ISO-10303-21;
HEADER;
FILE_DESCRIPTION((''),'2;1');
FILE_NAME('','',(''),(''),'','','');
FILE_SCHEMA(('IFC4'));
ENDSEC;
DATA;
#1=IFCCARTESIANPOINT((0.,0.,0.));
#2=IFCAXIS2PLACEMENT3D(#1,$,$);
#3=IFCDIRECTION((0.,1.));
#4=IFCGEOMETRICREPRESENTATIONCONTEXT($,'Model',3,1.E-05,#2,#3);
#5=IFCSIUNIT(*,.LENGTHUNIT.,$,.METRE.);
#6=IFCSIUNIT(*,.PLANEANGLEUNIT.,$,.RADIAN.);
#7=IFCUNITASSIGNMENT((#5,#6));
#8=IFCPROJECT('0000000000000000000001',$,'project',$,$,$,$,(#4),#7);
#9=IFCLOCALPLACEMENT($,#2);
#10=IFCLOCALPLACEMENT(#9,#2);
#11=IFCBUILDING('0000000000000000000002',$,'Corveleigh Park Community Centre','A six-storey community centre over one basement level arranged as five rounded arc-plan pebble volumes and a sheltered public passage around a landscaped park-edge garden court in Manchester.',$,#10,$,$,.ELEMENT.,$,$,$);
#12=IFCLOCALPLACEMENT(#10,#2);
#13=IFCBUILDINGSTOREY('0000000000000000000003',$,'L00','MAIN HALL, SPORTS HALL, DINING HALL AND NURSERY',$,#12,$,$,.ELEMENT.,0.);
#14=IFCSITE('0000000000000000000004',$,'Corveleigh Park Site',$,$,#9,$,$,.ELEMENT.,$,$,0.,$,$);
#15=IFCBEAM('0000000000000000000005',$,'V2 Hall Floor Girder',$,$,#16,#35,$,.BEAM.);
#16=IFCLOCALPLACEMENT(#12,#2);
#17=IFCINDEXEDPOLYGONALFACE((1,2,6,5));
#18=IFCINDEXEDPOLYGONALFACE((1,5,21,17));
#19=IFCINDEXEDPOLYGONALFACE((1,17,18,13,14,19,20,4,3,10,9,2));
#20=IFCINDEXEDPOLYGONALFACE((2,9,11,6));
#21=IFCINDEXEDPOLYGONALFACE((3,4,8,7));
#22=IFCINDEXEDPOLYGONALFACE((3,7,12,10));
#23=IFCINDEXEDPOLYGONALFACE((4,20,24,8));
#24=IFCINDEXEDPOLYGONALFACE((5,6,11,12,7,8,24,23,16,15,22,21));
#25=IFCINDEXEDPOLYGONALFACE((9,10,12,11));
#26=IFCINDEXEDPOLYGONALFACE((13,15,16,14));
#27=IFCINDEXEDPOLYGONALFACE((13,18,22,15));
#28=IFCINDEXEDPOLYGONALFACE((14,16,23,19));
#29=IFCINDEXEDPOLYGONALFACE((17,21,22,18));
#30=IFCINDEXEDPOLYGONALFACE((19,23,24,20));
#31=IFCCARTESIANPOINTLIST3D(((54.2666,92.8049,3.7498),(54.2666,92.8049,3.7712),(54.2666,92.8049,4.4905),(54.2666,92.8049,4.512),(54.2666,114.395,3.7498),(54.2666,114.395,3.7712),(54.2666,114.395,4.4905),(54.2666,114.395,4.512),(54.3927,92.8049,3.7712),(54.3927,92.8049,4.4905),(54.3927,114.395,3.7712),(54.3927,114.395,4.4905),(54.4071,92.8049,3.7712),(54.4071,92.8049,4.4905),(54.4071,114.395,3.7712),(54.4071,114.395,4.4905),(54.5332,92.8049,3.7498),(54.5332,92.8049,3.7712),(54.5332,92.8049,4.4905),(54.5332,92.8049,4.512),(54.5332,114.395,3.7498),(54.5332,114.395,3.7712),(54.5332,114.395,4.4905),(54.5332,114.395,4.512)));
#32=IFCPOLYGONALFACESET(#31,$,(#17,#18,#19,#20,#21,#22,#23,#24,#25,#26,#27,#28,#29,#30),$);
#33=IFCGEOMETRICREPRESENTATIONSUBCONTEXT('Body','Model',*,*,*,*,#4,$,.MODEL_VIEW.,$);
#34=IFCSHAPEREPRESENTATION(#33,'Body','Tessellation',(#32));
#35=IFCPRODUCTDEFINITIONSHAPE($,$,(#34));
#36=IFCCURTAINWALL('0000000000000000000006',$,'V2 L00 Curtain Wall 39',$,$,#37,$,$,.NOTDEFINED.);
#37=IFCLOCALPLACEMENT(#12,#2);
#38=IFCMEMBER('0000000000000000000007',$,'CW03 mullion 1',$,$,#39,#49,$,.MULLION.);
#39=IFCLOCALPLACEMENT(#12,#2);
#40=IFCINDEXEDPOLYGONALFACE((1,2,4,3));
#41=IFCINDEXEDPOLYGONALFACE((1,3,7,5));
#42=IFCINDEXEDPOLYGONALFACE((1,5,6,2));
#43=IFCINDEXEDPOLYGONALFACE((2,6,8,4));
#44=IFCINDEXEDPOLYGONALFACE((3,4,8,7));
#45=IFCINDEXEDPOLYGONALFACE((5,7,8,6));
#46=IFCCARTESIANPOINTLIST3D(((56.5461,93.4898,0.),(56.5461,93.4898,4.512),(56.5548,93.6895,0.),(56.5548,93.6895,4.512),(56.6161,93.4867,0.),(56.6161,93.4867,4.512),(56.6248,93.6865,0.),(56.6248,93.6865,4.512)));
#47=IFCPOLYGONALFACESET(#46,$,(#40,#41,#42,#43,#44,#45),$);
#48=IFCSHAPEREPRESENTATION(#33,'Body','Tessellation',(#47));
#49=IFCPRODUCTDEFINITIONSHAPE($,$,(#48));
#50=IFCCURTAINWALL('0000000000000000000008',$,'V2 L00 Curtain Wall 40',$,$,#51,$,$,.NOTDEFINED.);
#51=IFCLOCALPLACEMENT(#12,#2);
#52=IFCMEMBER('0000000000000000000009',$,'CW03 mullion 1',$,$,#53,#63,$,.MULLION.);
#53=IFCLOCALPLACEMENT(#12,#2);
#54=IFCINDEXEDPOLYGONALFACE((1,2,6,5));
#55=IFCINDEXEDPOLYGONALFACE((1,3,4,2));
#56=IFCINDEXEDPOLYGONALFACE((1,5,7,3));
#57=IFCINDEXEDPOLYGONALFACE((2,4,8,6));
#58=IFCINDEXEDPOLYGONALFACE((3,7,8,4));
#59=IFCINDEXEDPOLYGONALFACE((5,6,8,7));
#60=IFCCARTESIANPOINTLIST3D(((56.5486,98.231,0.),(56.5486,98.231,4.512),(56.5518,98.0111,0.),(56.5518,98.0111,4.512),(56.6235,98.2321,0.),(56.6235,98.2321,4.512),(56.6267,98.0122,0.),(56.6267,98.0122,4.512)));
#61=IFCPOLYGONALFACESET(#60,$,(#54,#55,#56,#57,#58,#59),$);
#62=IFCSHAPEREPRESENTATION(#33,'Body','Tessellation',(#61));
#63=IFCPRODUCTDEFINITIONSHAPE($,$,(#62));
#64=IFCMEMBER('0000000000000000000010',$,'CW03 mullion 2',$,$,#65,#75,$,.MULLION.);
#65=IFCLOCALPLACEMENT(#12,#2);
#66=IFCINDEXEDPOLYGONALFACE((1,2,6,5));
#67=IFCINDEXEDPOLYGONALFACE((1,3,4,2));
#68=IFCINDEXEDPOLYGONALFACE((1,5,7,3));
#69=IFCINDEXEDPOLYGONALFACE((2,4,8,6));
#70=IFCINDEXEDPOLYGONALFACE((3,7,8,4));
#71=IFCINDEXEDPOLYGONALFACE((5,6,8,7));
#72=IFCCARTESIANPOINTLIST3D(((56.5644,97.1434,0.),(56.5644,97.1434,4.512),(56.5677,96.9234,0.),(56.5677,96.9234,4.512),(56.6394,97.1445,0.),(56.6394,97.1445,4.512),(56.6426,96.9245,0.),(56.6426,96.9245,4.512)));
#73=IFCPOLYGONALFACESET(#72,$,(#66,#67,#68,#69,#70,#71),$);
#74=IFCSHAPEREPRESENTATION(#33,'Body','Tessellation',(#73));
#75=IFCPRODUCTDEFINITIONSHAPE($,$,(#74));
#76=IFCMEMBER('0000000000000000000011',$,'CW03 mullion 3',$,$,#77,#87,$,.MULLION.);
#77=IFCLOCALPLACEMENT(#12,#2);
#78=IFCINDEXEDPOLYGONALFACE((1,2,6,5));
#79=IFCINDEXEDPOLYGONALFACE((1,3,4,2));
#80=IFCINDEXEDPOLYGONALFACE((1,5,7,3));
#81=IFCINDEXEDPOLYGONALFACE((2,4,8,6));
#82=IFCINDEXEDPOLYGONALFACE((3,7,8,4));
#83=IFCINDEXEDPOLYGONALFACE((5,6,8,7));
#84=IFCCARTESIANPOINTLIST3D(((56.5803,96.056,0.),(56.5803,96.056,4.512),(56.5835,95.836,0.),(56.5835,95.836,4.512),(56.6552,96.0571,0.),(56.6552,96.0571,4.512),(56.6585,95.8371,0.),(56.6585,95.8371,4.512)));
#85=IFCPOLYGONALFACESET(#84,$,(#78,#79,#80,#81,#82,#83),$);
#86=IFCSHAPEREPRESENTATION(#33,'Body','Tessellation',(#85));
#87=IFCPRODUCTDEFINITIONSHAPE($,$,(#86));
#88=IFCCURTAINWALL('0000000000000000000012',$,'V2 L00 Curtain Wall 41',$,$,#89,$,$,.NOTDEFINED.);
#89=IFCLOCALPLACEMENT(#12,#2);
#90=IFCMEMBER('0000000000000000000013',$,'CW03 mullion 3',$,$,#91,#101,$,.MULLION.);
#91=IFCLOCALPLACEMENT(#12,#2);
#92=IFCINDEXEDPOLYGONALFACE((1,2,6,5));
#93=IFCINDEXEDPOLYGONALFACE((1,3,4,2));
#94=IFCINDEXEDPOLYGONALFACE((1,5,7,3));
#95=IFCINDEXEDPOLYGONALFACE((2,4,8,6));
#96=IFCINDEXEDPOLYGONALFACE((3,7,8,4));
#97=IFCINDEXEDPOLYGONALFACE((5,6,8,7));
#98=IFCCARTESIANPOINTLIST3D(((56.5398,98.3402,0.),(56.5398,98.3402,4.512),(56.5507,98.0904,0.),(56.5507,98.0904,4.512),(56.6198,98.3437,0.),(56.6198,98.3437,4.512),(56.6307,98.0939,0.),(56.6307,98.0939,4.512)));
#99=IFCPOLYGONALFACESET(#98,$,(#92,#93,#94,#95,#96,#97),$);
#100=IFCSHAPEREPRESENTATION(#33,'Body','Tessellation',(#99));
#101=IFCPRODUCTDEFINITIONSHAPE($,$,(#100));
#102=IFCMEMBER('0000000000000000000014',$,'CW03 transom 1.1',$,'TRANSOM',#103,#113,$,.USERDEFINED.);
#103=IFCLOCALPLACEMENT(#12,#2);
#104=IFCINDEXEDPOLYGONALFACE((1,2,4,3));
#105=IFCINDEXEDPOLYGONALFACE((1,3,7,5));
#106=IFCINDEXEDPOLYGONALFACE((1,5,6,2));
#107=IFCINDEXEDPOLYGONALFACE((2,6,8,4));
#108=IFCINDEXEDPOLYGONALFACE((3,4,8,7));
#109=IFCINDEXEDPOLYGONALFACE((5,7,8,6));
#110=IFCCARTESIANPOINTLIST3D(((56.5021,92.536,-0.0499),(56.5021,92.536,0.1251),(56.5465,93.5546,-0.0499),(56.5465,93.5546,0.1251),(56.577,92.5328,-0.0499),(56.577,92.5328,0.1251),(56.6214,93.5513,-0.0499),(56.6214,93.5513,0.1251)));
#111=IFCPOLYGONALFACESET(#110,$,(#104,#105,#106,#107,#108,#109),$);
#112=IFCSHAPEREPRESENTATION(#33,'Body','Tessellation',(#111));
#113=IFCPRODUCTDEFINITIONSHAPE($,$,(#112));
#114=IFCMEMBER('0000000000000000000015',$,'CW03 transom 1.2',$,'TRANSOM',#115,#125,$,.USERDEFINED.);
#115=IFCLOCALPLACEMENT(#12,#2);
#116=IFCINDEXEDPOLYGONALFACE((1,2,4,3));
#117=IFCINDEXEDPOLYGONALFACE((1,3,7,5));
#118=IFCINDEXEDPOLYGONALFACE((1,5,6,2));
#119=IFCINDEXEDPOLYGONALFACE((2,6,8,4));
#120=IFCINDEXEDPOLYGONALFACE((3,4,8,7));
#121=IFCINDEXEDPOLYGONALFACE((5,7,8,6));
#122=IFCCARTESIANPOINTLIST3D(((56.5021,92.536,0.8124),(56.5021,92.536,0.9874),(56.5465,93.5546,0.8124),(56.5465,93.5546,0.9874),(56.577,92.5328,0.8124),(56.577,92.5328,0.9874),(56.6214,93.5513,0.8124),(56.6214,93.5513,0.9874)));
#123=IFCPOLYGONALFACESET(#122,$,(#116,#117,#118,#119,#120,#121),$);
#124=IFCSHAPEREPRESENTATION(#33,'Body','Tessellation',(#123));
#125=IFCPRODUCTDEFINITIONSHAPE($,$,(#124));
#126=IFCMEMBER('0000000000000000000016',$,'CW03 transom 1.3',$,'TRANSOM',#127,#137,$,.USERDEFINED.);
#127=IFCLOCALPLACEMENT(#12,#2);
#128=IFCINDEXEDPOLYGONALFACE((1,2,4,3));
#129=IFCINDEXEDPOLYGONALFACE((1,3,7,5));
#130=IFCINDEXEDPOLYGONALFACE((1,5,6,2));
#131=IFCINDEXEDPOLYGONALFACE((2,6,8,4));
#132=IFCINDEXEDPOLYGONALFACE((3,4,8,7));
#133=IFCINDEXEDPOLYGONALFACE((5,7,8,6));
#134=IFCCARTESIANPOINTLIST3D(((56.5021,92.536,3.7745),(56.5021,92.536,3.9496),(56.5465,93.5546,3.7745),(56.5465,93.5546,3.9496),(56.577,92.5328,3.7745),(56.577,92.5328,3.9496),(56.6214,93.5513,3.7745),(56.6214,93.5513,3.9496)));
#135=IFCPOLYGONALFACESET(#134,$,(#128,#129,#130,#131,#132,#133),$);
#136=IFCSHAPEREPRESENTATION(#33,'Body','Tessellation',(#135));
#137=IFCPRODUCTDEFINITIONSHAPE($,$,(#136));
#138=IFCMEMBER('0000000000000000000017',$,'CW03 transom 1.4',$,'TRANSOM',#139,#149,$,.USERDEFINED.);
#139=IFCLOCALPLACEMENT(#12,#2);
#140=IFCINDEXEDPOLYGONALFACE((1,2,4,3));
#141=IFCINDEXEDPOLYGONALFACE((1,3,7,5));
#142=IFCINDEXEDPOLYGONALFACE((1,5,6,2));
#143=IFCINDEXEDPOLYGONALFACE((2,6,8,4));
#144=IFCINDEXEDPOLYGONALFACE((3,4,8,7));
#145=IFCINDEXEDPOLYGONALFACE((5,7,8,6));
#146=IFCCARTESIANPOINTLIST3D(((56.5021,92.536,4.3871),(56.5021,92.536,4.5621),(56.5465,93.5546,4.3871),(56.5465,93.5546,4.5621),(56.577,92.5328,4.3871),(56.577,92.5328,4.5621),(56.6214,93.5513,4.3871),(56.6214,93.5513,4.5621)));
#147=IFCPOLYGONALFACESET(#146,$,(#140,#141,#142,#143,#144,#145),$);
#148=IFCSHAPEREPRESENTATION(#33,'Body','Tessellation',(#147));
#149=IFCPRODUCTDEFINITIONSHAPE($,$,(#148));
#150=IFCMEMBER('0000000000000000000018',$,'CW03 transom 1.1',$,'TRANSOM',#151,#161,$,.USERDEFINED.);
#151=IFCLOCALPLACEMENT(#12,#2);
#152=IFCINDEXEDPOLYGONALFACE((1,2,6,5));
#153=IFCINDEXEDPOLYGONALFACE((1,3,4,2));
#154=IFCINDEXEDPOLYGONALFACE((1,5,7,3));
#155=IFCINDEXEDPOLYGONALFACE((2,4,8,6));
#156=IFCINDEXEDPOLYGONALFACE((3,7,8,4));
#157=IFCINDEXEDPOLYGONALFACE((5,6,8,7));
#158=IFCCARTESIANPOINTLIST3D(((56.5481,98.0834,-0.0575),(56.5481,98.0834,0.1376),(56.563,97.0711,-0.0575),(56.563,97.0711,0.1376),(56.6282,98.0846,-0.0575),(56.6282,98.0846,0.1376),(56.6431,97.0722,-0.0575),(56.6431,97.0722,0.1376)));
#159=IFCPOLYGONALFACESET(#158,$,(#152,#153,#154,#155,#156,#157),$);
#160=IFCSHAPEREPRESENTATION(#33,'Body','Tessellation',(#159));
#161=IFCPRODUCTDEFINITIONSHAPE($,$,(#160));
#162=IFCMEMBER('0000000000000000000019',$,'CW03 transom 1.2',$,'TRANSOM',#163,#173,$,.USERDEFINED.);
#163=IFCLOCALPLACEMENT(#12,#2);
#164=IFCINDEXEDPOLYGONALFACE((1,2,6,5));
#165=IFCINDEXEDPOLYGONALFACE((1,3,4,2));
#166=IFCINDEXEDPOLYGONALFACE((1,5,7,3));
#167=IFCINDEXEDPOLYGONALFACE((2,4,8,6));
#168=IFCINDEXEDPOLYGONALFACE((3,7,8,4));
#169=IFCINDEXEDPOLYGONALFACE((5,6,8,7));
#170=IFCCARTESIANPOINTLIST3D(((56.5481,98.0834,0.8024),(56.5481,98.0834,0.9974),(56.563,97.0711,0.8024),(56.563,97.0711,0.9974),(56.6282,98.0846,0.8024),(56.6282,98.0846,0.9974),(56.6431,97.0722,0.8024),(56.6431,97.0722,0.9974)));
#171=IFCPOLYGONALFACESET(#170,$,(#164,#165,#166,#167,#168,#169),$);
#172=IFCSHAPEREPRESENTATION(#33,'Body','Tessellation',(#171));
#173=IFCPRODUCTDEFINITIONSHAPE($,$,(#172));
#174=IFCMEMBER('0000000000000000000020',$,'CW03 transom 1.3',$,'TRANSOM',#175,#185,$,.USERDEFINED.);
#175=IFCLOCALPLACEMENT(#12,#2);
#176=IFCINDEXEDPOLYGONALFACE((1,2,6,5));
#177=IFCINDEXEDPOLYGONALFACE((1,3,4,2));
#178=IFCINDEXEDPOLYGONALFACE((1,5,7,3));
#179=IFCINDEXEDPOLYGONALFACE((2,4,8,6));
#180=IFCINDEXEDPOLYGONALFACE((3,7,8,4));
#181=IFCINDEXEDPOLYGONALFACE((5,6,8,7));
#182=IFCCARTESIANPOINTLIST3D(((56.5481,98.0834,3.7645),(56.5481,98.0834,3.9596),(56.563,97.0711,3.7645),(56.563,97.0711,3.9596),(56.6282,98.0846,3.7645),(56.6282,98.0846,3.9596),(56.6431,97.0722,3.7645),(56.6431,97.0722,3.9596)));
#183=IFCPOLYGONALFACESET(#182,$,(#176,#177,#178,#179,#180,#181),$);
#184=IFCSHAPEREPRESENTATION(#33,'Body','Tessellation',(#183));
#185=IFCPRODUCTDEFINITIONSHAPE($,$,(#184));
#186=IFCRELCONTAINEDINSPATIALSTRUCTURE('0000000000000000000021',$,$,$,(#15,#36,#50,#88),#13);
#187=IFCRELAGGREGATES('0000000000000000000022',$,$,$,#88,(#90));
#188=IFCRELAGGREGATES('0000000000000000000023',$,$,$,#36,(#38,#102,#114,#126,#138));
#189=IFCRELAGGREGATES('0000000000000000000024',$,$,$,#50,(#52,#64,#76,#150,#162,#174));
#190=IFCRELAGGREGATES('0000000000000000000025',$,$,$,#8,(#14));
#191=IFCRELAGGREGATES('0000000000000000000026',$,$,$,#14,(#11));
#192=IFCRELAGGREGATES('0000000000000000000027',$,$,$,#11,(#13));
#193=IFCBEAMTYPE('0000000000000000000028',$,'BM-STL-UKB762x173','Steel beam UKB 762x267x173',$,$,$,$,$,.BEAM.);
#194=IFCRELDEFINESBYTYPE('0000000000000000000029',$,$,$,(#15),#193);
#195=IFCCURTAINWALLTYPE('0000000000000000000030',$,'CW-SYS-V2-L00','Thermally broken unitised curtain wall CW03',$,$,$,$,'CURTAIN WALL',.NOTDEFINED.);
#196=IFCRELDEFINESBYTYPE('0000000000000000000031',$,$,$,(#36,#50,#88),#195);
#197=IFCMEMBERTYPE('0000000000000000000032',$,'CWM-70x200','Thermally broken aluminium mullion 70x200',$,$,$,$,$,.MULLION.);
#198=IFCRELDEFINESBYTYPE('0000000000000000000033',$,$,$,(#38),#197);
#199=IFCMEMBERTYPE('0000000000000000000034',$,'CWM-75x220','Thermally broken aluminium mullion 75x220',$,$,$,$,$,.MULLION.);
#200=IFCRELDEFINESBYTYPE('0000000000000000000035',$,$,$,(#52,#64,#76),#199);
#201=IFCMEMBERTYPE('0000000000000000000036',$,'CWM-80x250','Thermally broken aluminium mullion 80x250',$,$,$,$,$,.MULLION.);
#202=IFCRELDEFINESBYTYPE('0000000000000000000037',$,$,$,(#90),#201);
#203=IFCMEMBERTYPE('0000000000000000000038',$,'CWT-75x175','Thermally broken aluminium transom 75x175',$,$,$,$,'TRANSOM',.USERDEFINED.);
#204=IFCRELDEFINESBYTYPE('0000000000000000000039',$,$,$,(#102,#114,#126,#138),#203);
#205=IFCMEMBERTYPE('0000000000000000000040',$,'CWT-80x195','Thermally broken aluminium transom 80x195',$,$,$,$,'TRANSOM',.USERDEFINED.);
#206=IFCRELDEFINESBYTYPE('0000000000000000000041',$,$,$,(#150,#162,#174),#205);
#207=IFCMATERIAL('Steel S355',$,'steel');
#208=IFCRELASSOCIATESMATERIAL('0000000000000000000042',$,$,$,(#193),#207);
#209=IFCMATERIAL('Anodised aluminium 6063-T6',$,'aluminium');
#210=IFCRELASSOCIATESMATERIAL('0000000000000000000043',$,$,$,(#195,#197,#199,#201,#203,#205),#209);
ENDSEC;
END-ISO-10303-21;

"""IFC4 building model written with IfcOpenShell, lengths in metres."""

from ifc_helpers import new_model, si_unit, direction, frame, origin, origin_2d, place, context, subcontext, project, spatial, rectangle, i_section, extrude, material, material_profile, profile_set, type_object, element, aggregate, save


model = new_model("IFC4")

# Units and contexts
model_context = context("Model", 3, precision=1e-05, world=origin(), true_north=direction((0.0, 1.0)))
body_context = subcontext(model_context, "Body", "Model", "MODEL_VIEW")
ifc_project = project(units=[si_unit("LENGTHUNIT", "METRE"), si_unit("PLANEANGLEUNIT", "RADIAN")], contexts=[model_context])

# Site, building, storey
site_placement = place(None, origin())
site = spatial("IfcSite", under=ifc_project, at=site_placement, Name="Corveleigh Park Site", CompositionType="ELEMENT", RefElevation=0.0)
building_placement = place(site_placement, origin())
building = spatial("IfcBuilding", under=site, at=building_placement, Name="Corveleigh Park Community Centre", Description="A six-storey community centre over one basement level arranged as five rounded arc-plan pebble volumes and a sheltered public passage around a landscaped park-edge garden court in Manchester.", CompositionType="ELEMENT")
storey_placement = place(building_placement, origin())
storey = spatial("IfcBuildingStorey", under=building, at=storey_placement, Name="L00", Description="MAIN HALL, SPORTS HALL, DINING HALL AND NURSERY", CompositionType="ELEMENT", Elevation=0.0)

# Beam
ifc_material_1 = material(Name="Steel S355", Category="steel")
ifc_material_profile_1 = material_profile(ifc_material_1, i_section(OverallWidth=0.2666, OverallDepth=0.7622, WebThickness=0.0144, FlangeThickness=0.0215, at=origin_2d()), Name="UKB 762x267x173", Category="steel")
ifc_profile_set_1 = profile_set([ifc_material_profile_1], Name="Steel S355")
beam_type = type_object("IfcBeamType", Name="BM-STL-UKB762x173", Description="Steel beam UKB 762x267x173", PredefinedType="BEAM", material=ifc_profile_set_1)
beam_placement = place(storey_placement, frame((54.3999, 92.8049, 4.1309), z_axis=(0.0, 1.0, 0.0), x_axis=(-1.0, 0.0, 0.0)))
element("IfcBeam", 1, at=beam_placement, inside=storey, type_object=beam_type, Name="V2 Hall Floor Girder", PredefinedType="BEAM", context=body_context, shape_type="SweptSolid", body=[
    extrude(i_section(OverallWidth=0.2666, OverallDepth=0.7622, WebThickness=0.0144, FlangeThickness=0.0215, at=origin_2d()), origin(), (0.0, 0.0, 1.0), 21.5901),
])

# Curtain wall, member
ifc_material_2 = material(Name="Anodised aluminium 6063-T6", Category="aluminium")
curtain_wall_type = type_object("IfcCurtainWallType", Name="CW-SYS-V2-L00", Description="Thermally broken unitised curtain wall CW03", ElementType="CURTAIN WALL", PredefinedType="NOTDEFINED", material=ifc_material_2)
curtain_wall_1_placement = place(storey_placement, origin())
curtain_wall_1 = element("IfcCurtainWall", 2, at=curtain_wall_1_placement, inside=storey, type_object=curtain_wall_type, Name="V2 L00 Curtain Wall 39", PredefinedType="NOTDEFINED")
ifc_material_profile_2 = material_profile(ifc_material_2, rectangle(XDim=0.0701, YDim=0.2, at=origin_2d()), Name="ALU-M70x200", Category="aluminium")
ifc_profile_set_2 = profile_set([ifc_material_profile_2], Name="Anodised aluminium 6063-T6")
member_type_1 = type_object("IfcMemberType", Name="CWM-70x200", Description="Thermally broken aluminium mullion 70x200", PredefinedType="MULLION", material=ifc_profile_set_2)
member_1_placement = place(storey_placement, frame((56.5854, 93.5881, 0.0), z_axis=(0.0, 0.0, 1.0), x_axis=(0.99905, -0.043572, 0.0)))
member_1 = element("IfcMember", 3, at=member_1_placement, type_object=member_type_1, Name="CW03 mullion 1", PredefinedType="MULLION", context=body_context, shape_type="SweptSolid", body=[
    extrude(rectangle(XDim=0.0701, YDim=0.2, at=origin_2d()), origin(), (0.0, 0.0, 1.0), 4.512),
])

# Curtain wall, members
curtain_wall_2_placement = place(storey_placement, origin())
curtain_wall_2 = element("IfcCurtainWall", 4, at=curtain_wall_2_placement, inside=storey, type_object=curtain_wall_type, Name="V2 L00 Curtain Wall 40", PredefinedType="NOTDEFINED")
ifc_material_profile_3 = material_profile(ifc_material_2, rectangle(XDim=0.075, YDim=0.22, at=origin_2d()), Name="ALU-M75x220", Category="aluminium")
ifc_profile_set_3 = profile_set([ifc_material_profile_3], Name="Anodised aluminium 6063-T6")
member_type_2 = type_object("IfcMemberType", Name="CWM-75x220", Description="Thermally broken aluminium mullion 75x220", PredefinedType="MULLION", material=ifc_profile_set_3)
member_2_placement = place(storey_placement, frame((56.5876, 98.1216, 0.0), z_axis=(0.0, 0.0, 1.0), x_axis=(0.999892, 0.014665, 0.0)))
member_2 = element("IfcMember", 5, at=member_2_placement, type_object=member_type_2, Name="CW03 mullion 1", PredefinedType="MULLION", context=body_context, shape_type="SweptSolid", body=[
    extrude(rectangle(XDim=0.075, YDim=0.22, at=origin_2d()), origin(), (0.0, 0.0, 1.0), 4.512),
])
member_3_placement = place(storey_placement, frame((56.6035, 97.0339, 0.0), z_axis=(0.0, 0.0, 1.0), x_axis=(0.999892, 0.014665, 0.0)))
member_3 = element("IfcMember", 6, at=member_3_placement, type_object=member_type_2, Name="CW03 mullion 2", PredefinedType="MULLION", context=body_context, shape_type="SweptSolid", body=[
    extrude(rectangle(XDim=0.075, YDim=0.22, at=origin_2d()), origin(), (0.0, 0.0, 1.0), 4.512),
])
member_4_placement = place(storey_placement, frame((56.6194, 95.9465, 0.0), z_axis=(0.0, 0.0, 1.0), x_axis=(0.999892, 0.014665, 0.0)))
member_4 = element("IfcMember", 7, at=member_4_placement, type_object=member_type_2, Name="CW03 mullion 3", PredefinedType="MULLION", context=body_context, shape_type="SweptSolid", body=[
    extrude(rectangle(XDim=0.075, YDim=0.22, at=origin_2d()), origin(), (0.0, 0.0, 1.0), 4.512),
])

# Curtain wall, member
curtain_wall_3_placement = place(storey_placement, origin())
curtain_wall_3 = element("IfcCurtainWall", 8, at=curtain_wall_3_placement, inside=storey, type_object=curtain_wall_type, Name="V2 L00 Curtain Wall 41", PredefinedType="NOTDEFINED")
ifc_material_profile_4 = material_profile(ifc_material_2, rectangle(XDim=0.0801, YDim=0.25, at=origin_2d()), Name="ALU-M80x250", Category="aluminium")
ifc_profile_set_4 = profile_set([ifc_material_profile_4], Name="Anodised aluminium 6063-T6")
member_type_3 = type_object("IfcMemberType", Name="CWM-80x250", Description="Thermally broken aluminium mullion 80x250", PredefinedType="MULLION", material=ifc_profile_set_4)
member_5_placement = place(storey_placement, frame((56.5852, 98.217, 0.0), z_axis=(0.0, 0.0, 1.0), x_axis=(0.99905, 0.043572, 0.0)))
member_5 = element("IfcMember", 9, at=member_5_placement, type_object=member_type_3, Name="CW03 mullion 3", PredefinedType="MULLION", context=body_context, shape_type="SweptSolid", body=[
    extrude(rectangle(XDim=0.0801, YDim=0.25, at=origin_2d()), origin(), (0.0, 0.0, 1.0), 4.512),
])
aggregate(curtain_wall_3, [member_5])

# Members
ifc_material_profile_5 = material_profile(ifc_material_2, rectangle(XDim=0.075, YDim=0.175, at=origin_2d()), Name="ALU-T75x175", Category="aluminium")
ifc_profile_set_5 = profile_set([ifc_material_profile_5], Name="Anodised aluminium 6063-T6")
member_type_4 = type_object("IfcMemberType", Name="CWT-75x175", Description="Thermally broken aluminium transom 75x175", ElementType="TRANSOM", PredefinedType="USERDEFINED", material=ifc_profile_set_5)
member_6_placement = place(storey_placement, frame((56.584, 93.553, 0.0376), z_axis=(-0.043583, -0.99905, 0.0), x_axis=(0.99905, -0.043583, 0.0)))
member_6 = element("IfcMember", 10, at=member_6_placement, type_object=member_type_4, Name="CW03 transom 1.1", ObjectType="TRANSOM", PredefinedType="USERDEFINED", context=body_context, shape_type="SweptSolid", body=[
    extrude(rectangle(XDim=0.075, YDim=0.175, at=origin_2d()), origin(), (0.0, 0.0, 1.0), 1.0195),
])
member_7_placement = place(storey_placement, frame((56.584, 93.553, 0.8999), z_axis=(-0.043583, -0.99905, 0.0), x_axis=(0.99905, -0.043583, 0.0)))
member_7 = element("IfcMember", 11, at=member_7_placement, type_object=member_type_4, Name="CW03 transom 1.2", ObjectType="TRANSOM", PredefinedType="USERDEFINED", context=body_context, shape_type="SweptSolid", body=[
    extrude(rectangle(XDim=0.075, YDim=0.175, at=origin_2d()), origin(), (0.0, 0.0, 1.0), 1.0195),
])
member_8_placement = place(storey_placement, frame((56.584, 93.553, 3.8621), z_axis=(-0.043583, -0.99905, 0.0), x_axis=(0.99905, -0.043583, 0.0)))
member_8 = element("IfcMember", 12, at=member_8_placement, type_object=member_type_4, Name="CW03 transom 1.3", ObjectType="TRANSOM", PredefinedType="USERDEFINED", context=body_context, shape_type="SweptSolid", body=[
    extrude(rectangle(XDim=0.075, YDim=0.175, at=origin_2d()), origin(), (0.0, 0.0, 1.0), 1.0195),
])
member_9_placement = place(storey_placement, frame((56.584, 93.553, 4.4746), z_axis=(-0.043583, -0.99905, 0.0), x_axis=(0.99905, -0.043583, 0.0)))
member_9 = element("IfcMember", 13, at=member_9_placement, type_object=member_type_4, Name="CW03 transom 1.4", ObjectType="TRANSOM", PredefinedType="USERDEFINED", context=body_context, shape_type="SweptSolid", body=[
    extrude(rectangle(XDim=0.075, YDim=0.175, at=origin_2d()), origin(), (0.0, 0.0, 1.0), 1.0195),
])
ifc_material_profile_6 = material_profile(ifc_material_2, rectangle(XDim=0.0801, YDim=0.1951, at=origin_2d()), Name="ALU-T80x195", Category="aluminium")
ifc_profile_set_6 = profile_set([ifc_material_profile_6], Name="Anodised aluminium 6063-T6")
member_type_5 = type_object("IfcMemberType", Name="CWT-80x195", Description="Thermally broken aluminium transom 80x195", ElementType="TRANSOM", PredefinedType="USERDEFINED", material=ifc_profile_set_6)
member_10_placement = place(storey_placement, frame((56.5881, 98.084, 0.04), z_axis=(0.014708, -0.999892, 0.0), x_axis=(0.999892, 0.014708, 0.0)))
member_10 = element("IfcMember", 14, at=member_10_placement, type_object=member_type_5, Name="CW03 transom 1.1", ObjectType="TRANSOM", PredefinedType="USERDEFINED", context=body_context, shape_type="SweptSolid", body=[
    extrude(rectangle(XDim=0.0801, YDim=0.1951, at=origin_2d()), origin(), (0.0, 0.0, 1.0), 1.0125),
])
member_11_placement = place(storey_placement, frame((56.5881, 98.084, 0.8999), z_axis=(0.014708, -0.999892, 0.0), x_axis=(0.999892, 0.014708, 0.0)))
member_11 = element("IfcMember", 15, at=member_11_placement, type_object=member_type_5, Name="CW03 transom 1.2", ObjectType="TRANSOM", PredefinedType="USERDEFINED", context=body_context, shape_type="SweptSolid", body=[
    extrude(rectangle(XDim=0.0801, YDim=0.1951, at=origin_2d()), origin(), (0.0, 0.0, 1.0), 1.0125),
])
member_12_placement = place(storey_placement, frame((56.5881, 98.084, 3.8621), z_axis=(0.014708, -0.999892, 0.0), x_axis=(0.999892, 0.014708, 0.0)))
member_12 = element("IfcMember", 16, at=member_12_placement, type_object=member_type_5, Name="CW03 transom 1.3", ObjectType="TRANSOM", PredefinedType="USERDEFINED", context=body_context, shape_type="SweptSolid", body=[
    extrude(rectangle(XDim=0.0801, YDim=0.1951, at=origin_2d()), origin(), (0.0, 0.0, 1.0), 1.0125),
])

aggregate(curtain_wall_1, [member_1, member_6, member_7, member_8, member_9])
aggregate(curtain_wall_2, [member_2, member_3, member_4, member_10, member_11, member_12])

save(model, "model.ifc")
